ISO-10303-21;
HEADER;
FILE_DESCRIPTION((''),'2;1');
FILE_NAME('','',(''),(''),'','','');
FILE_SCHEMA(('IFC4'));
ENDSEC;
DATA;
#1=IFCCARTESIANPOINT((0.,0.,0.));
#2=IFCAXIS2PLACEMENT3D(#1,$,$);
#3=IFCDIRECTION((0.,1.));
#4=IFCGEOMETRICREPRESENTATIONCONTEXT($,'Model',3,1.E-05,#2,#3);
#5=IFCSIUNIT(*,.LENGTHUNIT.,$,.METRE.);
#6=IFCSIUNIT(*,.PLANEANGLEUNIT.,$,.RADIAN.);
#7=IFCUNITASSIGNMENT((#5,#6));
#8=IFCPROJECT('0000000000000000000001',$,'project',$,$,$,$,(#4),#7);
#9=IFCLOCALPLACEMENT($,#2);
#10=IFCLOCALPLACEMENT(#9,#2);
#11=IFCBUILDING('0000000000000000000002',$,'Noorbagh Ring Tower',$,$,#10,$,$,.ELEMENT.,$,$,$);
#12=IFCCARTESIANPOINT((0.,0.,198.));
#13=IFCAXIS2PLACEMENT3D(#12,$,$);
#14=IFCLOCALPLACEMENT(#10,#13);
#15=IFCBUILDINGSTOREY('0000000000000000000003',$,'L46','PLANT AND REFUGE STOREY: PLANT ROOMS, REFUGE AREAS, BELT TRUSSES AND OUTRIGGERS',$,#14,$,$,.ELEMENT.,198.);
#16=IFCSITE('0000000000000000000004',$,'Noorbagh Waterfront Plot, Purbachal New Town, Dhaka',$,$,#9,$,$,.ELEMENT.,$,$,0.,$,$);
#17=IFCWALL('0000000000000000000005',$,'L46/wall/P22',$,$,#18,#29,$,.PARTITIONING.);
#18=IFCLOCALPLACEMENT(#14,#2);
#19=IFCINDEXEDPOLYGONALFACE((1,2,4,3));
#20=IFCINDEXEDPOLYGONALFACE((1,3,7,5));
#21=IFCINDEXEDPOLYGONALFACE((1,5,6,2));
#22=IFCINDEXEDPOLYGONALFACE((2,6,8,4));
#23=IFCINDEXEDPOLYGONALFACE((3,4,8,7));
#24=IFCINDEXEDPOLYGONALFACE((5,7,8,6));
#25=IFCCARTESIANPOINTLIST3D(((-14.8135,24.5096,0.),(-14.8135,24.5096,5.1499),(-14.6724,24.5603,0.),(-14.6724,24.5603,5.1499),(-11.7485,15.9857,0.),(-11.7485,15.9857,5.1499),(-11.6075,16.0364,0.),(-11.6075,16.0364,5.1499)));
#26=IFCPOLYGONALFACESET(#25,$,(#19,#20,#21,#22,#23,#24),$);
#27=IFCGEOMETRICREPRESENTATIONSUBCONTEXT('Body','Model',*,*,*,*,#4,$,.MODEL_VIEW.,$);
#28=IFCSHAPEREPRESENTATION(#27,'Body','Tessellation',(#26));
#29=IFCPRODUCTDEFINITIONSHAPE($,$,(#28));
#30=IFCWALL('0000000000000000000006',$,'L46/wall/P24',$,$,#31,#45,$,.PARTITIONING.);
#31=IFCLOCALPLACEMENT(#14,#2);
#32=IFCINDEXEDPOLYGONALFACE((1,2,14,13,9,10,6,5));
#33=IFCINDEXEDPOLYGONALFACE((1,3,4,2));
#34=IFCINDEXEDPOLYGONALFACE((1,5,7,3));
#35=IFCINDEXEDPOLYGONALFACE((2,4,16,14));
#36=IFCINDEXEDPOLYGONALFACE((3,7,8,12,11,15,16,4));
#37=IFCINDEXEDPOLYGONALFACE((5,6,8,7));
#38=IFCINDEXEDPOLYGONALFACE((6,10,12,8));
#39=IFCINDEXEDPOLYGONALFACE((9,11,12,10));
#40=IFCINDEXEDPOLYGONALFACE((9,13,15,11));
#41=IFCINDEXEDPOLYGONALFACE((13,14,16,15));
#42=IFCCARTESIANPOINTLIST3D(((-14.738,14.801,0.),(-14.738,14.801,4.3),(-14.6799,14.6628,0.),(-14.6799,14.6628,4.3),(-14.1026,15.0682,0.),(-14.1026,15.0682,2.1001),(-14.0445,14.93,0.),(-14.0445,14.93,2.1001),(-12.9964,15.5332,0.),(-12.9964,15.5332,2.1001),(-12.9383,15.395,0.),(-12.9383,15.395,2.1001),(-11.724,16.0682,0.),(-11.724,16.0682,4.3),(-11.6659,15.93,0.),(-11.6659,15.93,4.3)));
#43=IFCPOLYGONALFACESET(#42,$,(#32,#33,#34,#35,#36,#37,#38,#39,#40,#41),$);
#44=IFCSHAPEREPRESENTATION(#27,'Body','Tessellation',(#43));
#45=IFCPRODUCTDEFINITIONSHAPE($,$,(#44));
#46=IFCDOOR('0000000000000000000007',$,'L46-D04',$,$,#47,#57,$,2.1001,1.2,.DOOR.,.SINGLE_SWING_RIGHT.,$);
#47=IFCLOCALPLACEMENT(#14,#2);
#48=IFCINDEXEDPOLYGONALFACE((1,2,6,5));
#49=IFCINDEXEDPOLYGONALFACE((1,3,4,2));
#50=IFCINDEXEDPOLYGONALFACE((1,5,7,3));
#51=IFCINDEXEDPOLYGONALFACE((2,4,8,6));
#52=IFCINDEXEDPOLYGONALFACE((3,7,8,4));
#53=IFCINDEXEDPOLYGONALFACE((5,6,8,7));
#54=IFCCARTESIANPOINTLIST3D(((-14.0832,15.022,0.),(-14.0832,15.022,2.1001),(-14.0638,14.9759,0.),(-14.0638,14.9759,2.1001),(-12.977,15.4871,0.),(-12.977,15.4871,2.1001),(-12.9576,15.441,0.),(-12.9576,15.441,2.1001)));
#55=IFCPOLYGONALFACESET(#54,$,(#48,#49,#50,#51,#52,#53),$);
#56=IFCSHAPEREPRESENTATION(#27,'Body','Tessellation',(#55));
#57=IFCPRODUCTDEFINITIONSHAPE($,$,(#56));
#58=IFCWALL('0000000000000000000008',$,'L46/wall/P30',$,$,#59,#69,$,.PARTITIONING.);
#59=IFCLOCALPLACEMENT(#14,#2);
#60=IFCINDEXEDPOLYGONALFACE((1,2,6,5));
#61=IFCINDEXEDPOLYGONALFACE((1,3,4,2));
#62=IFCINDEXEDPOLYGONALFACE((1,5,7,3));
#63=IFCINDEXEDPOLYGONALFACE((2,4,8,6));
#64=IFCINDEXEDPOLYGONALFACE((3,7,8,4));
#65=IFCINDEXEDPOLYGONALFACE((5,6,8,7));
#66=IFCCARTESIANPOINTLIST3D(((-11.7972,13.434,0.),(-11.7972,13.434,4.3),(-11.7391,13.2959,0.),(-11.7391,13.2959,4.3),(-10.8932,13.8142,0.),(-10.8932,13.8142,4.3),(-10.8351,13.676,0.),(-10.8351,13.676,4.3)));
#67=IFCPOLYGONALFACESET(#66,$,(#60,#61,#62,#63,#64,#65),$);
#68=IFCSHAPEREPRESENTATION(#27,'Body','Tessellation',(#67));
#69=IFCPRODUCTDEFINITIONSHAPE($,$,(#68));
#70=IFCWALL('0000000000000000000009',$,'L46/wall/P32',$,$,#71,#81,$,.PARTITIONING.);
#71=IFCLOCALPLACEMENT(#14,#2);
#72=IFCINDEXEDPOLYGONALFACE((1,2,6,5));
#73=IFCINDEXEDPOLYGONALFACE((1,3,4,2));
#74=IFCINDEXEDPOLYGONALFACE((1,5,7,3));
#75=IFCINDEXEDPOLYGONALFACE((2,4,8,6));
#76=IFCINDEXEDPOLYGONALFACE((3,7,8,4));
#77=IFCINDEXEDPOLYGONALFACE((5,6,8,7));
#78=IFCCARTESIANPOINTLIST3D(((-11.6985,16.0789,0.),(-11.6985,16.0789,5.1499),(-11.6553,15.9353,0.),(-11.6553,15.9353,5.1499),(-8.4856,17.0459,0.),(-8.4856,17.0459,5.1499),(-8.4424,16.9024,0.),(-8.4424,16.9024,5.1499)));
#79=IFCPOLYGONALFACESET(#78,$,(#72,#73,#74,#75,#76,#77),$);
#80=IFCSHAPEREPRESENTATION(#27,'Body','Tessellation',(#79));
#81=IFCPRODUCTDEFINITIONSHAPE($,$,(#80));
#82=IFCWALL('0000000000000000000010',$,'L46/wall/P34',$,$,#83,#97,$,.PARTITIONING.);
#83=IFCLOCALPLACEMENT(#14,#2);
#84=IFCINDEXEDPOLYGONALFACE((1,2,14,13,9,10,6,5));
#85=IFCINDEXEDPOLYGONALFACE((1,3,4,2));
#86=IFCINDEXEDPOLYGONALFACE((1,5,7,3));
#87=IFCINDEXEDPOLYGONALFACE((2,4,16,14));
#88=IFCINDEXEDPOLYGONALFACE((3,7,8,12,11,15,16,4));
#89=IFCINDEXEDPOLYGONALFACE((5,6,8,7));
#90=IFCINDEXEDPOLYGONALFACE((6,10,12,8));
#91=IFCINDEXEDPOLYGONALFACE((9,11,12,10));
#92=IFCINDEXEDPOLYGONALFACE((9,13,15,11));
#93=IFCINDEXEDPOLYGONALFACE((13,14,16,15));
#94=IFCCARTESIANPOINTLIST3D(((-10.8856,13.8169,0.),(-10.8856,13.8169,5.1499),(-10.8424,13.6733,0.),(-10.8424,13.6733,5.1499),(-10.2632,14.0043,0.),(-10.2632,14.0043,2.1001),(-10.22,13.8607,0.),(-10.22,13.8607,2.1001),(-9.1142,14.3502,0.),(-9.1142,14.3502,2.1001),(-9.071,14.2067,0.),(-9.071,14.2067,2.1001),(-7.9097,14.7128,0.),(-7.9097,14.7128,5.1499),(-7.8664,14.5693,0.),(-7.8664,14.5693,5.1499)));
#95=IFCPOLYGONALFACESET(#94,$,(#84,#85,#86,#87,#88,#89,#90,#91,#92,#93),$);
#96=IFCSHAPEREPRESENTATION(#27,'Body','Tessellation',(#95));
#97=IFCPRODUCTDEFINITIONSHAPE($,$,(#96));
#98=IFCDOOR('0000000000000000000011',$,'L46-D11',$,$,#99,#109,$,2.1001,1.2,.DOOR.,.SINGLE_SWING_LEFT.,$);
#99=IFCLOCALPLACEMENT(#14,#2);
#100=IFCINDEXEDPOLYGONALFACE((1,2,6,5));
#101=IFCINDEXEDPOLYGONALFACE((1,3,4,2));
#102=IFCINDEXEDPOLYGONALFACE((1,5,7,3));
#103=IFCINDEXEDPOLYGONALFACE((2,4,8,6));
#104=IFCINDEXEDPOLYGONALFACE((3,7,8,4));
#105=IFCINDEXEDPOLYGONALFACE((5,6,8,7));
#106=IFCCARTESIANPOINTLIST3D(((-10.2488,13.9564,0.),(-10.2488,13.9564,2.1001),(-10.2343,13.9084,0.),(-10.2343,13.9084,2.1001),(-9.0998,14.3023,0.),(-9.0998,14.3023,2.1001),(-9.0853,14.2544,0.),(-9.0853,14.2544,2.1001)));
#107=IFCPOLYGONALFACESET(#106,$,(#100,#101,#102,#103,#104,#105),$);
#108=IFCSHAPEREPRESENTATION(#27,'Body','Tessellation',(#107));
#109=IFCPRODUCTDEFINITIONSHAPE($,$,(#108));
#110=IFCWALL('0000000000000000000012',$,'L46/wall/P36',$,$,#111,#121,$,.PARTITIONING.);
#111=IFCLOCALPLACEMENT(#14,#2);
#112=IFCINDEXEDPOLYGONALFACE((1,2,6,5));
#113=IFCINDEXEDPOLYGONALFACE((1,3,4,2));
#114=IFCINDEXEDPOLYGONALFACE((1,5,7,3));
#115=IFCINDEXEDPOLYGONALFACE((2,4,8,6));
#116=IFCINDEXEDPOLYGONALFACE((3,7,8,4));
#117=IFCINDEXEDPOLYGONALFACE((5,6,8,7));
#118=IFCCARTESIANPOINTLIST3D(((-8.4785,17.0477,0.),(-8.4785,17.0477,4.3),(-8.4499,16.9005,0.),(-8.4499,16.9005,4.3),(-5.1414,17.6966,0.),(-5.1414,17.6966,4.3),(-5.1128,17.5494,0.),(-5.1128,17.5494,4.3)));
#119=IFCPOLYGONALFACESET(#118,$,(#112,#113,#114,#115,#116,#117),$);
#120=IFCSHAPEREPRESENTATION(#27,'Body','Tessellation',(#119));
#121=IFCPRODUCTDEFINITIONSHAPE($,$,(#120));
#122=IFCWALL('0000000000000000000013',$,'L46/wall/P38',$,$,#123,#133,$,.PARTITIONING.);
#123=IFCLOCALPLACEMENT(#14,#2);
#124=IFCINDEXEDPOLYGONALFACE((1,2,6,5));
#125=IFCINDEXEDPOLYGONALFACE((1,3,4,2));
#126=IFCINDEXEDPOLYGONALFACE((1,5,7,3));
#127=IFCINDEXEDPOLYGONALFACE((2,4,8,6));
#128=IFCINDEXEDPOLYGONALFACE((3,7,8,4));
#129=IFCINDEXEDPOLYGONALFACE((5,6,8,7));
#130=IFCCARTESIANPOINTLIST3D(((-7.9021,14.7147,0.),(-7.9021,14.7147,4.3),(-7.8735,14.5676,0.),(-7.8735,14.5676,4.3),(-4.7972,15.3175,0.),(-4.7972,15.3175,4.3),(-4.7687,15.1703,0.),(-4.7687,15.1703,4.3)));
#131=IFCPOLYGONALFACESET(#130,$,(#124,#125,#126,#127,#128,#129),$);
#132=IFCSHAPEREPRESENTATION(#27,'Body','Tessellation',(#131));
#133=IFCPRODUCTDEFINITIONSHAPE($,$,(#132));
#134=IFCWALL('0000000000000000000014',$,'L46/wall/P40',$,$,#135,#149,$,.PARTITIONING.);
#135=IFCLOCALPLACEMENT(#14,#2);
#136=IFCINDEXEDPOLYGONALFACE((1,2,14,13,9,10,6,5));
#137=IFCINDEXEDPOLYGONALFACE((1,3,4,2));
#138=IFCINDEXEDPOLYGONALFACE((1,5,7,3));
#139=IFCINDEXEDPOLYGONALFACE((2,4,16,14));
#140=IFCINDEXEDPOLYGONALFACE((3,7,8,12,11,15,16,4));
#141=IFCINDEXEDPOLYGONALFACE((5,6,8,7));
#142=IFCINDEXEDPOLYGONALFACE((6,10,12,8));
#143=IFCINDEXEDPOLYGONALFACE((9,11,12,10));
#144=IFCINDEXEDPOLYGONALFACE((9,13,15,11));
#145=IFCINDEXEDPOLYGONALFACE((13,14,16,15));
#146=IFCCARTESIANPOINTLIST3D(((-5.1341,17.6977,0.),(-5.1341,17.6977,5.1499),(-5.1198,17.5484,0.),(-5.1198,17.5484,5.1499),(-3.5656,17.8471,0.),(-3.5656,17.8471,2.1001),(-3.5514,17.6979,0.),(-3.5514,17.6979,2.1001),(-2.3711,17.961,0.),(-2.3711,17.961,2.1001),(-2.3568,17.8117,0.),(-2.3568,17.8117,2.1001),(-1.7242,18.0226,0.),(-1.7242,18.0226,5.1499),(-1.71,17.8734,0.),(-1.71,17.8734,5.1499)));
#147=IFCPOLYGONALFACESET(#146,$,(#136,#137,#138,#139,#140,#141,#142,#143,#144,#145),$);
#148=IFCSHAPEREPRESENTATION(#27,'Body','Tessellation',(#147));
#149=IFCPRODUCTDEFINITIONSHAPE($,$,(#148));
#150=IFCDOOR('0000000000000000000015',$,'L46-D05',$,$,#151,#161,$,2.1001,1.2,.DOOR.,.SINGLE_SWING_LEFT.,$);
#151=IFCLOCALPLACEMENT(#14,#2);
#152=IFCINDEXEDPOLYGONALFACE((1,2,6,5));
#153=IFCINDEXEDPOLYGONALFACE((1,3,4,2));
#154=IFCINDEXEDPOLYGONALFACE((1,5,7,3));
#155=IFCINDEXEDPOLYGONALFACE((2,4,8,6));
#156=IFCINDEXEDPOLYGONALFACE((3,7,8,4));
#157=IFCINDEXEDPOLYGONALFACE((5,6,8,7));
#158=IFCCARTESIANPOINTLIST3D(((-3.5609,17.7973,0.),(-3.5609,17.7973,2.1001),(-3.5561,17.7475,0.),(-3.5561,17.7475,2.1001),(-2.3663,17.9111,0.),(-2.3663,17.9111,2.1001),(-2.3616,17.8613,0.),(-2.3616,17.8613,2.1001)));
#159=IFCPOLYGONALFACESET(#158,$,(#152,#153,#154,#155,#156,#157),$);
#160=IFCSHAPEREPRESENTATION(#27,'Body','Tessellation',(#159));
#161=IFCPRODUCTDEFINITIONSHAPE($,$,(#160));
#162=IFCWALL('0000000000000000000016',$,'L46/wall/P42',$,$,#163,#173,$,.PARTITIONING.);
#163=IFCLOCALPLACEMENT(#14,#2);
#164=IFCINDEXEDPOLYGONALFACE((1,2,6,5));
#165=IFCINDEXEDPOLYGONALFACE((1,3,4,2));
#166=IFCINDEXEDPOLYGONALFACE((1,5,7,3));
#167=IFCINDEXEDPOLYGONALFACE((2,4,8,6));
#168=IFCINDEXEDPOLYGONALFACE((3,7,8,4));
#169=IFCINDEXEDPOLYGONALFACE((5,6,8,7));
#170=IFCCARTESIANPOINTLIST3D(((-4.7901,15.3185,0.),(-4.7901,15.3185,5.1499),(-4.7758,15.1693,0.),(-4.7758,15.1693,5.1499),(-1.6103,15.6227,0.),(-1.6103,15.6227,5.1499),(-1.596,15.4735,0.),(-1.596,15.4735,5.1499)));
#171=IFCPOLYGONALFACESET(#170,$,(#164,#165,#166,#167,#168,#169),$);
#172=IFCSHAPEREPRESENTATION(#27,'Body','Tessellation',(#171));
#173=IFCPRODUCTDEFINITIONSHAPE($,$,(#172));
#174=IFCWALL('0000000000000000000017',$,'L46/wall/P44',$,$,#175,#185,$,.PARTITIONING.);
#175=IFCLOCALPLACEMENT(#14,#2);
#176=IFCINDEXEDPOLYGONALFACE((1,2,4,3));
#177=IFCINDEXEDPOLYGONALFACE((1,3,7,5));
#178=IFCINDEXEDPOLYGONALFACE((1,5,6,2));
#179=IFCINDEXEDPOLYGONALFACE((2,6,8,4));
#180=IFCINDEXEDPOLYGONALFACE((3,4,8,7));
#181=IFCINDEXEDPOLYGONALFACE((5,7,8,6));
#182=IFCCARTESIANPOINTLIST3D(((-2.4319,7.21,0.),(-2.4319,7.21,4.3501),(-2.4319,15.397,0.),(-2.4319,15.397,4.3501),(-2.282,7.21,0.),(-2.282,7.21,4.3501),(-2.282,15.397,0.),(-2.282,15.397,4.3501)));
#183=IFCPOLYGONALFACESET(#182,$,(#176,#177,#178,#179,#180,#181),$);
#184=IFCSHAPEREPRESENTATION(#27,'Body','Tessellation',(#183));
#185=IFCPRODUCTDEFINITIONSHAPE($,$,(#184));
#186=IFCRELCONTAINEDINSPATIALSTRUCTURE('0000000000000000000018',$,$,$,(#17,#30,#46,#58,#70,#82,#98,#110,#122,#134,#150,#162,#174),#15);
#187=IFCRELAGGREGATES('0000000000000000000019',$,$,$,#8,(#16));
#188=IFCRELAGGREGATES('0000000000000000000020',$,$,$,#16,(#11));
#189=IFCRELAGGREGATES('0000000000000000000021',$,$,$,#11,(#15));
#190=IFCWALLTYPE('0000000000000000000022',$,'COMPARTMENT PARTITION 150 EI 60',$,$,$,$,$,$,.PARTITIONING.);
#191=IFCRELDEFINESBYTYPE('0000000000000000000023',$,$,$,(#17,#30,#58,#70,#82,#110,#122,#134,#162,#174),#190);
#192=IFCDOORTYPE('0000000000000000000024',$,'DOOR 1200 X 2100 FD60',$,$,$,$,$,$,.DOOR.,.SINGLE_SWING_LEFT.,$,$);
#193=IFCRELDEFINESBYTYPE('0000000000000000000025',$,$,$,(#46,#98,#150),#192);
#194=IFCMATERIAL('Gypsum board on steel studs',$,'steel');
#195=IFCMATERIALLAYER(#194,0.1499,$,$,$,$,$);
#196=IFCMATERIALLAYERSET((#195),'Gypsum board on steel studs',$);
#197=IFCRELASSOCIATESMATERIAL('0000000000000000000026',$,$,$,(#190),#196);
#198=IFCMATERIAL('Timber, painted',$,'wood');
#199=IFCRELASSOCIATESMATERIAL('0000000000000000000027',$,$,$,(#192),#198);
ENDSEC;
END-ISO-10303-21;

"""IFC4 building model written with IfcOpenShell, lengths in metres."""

from ifc_helpers import new_model, si_unit, direction, frame, frame_2d, origin, place, context, subcontext, project, spatial, rectangle, extrude, material, layer, layer_set, type_object, element, fill, save


model = new_model("IFC4")

# Units and contexts
model_context = context("Model", 3, precision=1e-05, world=origin(), true_north=direction((0.0, 1.0)))
body_context = subcontext(model_context, "Body", "Model", "MODEL_VIEW")
ifc_project = project(units=[si_unit("LENGTHUNIT", "METRE"), si_unit("PLANEANGLEUNIT", "RADIAN")], contexts=[model_context])

# Site, building, storey
site_placement = place(None, origin())
site = spatial("IfcSite", under=ifc_project, at=site_placement, Name="Noorbagh Waterfront Plot, Purbachal New Town, Dhaka", CompositionType="ELEMENT", RefElevation=0.0)
building_placement = place(site_placement, origin())
building = spatial("IfcBuilding", under=site, at=building_placement, Name="Noorbagh Ring Tower", CompositionType="ELEMENT")
storey_placement = place(building_placement, frame((0.0, 0.0, 198.0)))
storey = spatial("IfcBuildingStorey", under=building, at=storey_placement, Name="L46", Description="PLANT AND REFUGE STOREY: PLANT ROOMS, REFUGE AREAS, BELT TRUSSES AND OUTRIGGERS", CompositionType="ELEMENT", Elevation=198.0)

# Wall
ifc_material_1 = material(Name="Gypsum board on steel studs", Category="steel")
ifc_layer_1 = layer(ifc_material_1, 0.1499)
ifc_layer_set_1 = layer_set([ifc_layer_1], Name="Gypsum board on steel studs")
wall_type_1 = type_object("IfcWallType", Name="COMPARTMENT PARTITION 150 EI 60", PredefinedType="PARTITIONING", material=ifc_layer_set_1)
wall_1_placement = place(storey_placement, frame((-14.7429, 24.5349, 0.0), z_axis=(0.0, 0.0, 1.0), x_axis=(0.338361, -0.941017, 0.0)))
element("IfcWall", 1, at=wall_1_placement, inside=storey, type_object=wall_type_1, Name="L46/wall/P22", PredefinedType="PARTITIONING", context=body_context, shape_type="SweptSolid", body=[
    extrude(rectangle(XDim=9.0581, YDim=0.1499, at=frame_2d((4.5291, 0.0))), origin(), (0.0, 0.0, 1.0), 5.1499),
])

# Wall, opening, door
wall_2_placement = place(storey_placement, frame((-14.709, 14.7319, 0.0), z_axis=(0.0, 0.0, 1.0), x_axis=(0.921846, 0.387556, 0.0)))
wall_2 = element("IfcWall", 2, at=wall_2_placement, inside=storey, type_object=wall_type_1, Name="L46/wall/P24", PredefinedType="PARTITIONING", context=body_context, shape_type="SweptSolid", body=[
    extrude(rectangle(XDim=3.2695, YDim=0.1499, at=frame_2d((1.6348, 0.0))), origin(), (0.0, 0.0, 1.0), 4.3),
])
opening_1_placement = place(wall_2_placement, frame((0.6892, 0.0, 0.0)))
opening_1 = element("IfcOpeningElement", 3, at=opening_1_placement, cuts=wall_2, PredefinedType="OPENING", context=body_context, shape_type="SweptSolid", body=[
    extrude(rectangle(XDim=1.2, YDim=2.1001, at=frame_2d((0.6001, 1.05))), frame((0.0, 0.085, 0.0), z_axis=(0.0, -1.0, 0.0), x_axis=(1.0, 0.0, 0.0)), (0.0, 0.0, 1.0), 0.1699),
])
ifc_material_2 = material(Name="Timber, painted", Category="wood")
door_type_1 = type_object("IfcDoorType", Name="DOOR 1200 X 2100 FD60", OperationType="SINGLE_SWING_LEFT", PredefinedType="DOOR", material=ifc_material_2)
door_1_placement = place(opening_1_placement, origin())
door_1 = element("IfcDoor", 4, at=door_1_placement, inside=storey, type_object=door_type_1, Name="L46-D04", OperationType="SINGLE_SWING_RIGHT", OverallHeight=2.1001, OverallWidth=1.2, PredefinedType="DOOR", context=body_context, shape_type="SweptSolid", body=[
    extrude(rectangle(XDim=1.2, YDim=2.1001, at=frame_2d((0.6001, 1.05))), frame((0.0, 0.0249, 0.0), z_axis=(0.0, -1.0, 0.0), x_axis=(1.0, 0.0, 0.0)), (0.0, 0.0, 1.0), 0.05),
])
fill(opening_1, door_1)

# Walls
wall_3_placement = place(storey_placement, frame((-11.7681, 13.365, 0.0), z_axis=(0.0, 0.0, 1.0), x_axis=(0.921827, 0.387601, 0.0)))
element("IfcWall", 5, at=wall_3_placement, inside=storey, type_object=wall_type_1, Name="L46/wall/P30", PredefinedType="PARTITIONING", context=body_context, shape_type="SweptSolid", body=[
    extrude(rectangle(XDim=0.9807, YDim=0.1499, at=frame_2d((0.4902, 0.0))), origin(), (0.0, 0.0, 1.0), 4.3),
])
wall_4_placement = place(storey_placement, frame((-11.677, 16.0071, 0.0), z_axis=(0.0, 0.0, 1.0), x_axis=(0.957566, 0.288216, 0.0)))
element("IfcWall", 6, at=wall_4_placement, inside=storey, type_object=wall_type_1, Name="L46/wall/P32", PredefinedType="PARTITIONING", context=body_context, shape_type="SweptSolid", body=[
    extrude(rectangle(XDim=3.3552, YDim=0.1499, at=frame_2d((1.6777, 0.0))), origin(), (0.0, 0.0, 1.0), 5.1499),
])

# Wall, opening, door
wall_5_placement = place(storey_placement, frame((-10.864, 13.7451, 0.0), z_axis=(0.0, 0.0, 1.0), x_axis=(0.957545, 0.288285, 0.0)))
wall_5 = element("IfcWall", 7, at=wall_5_placement, inside=storey, type_object=wall_type_1, Name="L46/wall/P34", PredefinedType="PARTITIONING", context=body_context, shape_type="SweptSolid", body=[
    extrude(rectangle(XDim=3.1079, YDim=0.1499, at=frame_2d((1.554, 0.0))), origin(), (0.0, 0.0, 1.0), 5.1499),
])
opening_2_placement = place(wall_5_placement, frame((0.6499, 0.0, 0.0)))
opening_2 = element("IfcOpeningElement", 8, at=opening_2_placement, cuts=wall_5, PredefinedType="OPENING", context=body_context, shape_type="SweptSolid", body=[
    extrude(rectangle(XDim=1.2, YDim=2.1001, at=frame_2d((0.6001, 1.05))), frame((0.0, 0.085, 0.0), z_axis=(0.0, -1.0, 0.0), x_axis=(1.0, 0.0, 0.0)), (0.0, 0.0, 1.0), 0.1699),
])
door_2_placement = place(opening_2_placement, origin())
door_2 = element("IfcDoor", 9, at=door_2_placement, inside=storey, type_object=door_type_1, Name="L46-D11", OperationType="SINGLE_SWING_LEFT", OverallHeight=2.1001, OverallWidth=1.2, PredefinedType="DOOR", context=body_context, shape_type="SweptSolid", body=[
    extrude(rectangle(XDim=1.2, YDim=2.1001, at=frame_2d((0.6001, 1.05))), frame((0.0, 0.0249, 0.0), z_axis=(0.0, -1.0, 0.0), x_axis=(1.0, 0.0, 0.0)), (0.0, 0.0, 1.0), 0.05),
])
fill(opening_2, door_2)

# Walls
wall_6_placement = place(storey_placement, frame((-8.4641, 16.9741, 0.0), z_axis=(0.0, 0.0, 1.0), x_axis=(0.981614, 0.190879, 0.0)))
element("IfcWall", 10, at=wall_6_placement, inside=storey, type_object=wall_type_1, Name="L46/wall/P36", PredefinedType="PARTITIONING", context=body_context, shape_type="SweptSolid", body=[
    extrude(rectangle(XDim=3.3997, YDim=0.1499, at=frame_2d((1.6997, 0.0))), origin(), (0.0, 0.0, 1.0), 4.3),
])
wall_7_placement = place(storey_placement, frame((-7.8879, 14.6411, 0.0), z_axis=(0.0, 0.0, 1.0), x_axis=(0.981672, 0.190576, 0.0)))
element("IfcWall", 11, at=wall_7_placement, inside=storey, type_object=wall_type_1, Name="L46/wall/P38", PredefinedType="PARTITIONING", context=body_context, shape_type="SweptSolid", body=[
    extrude(rectangle(XDim=3.1628, YDim=0.1499, at=frame_2d((1.5815, 0.0))), origin(), (0.0, 0.0, 1.0), 4.3),
])

# Wall, opening, door
wall_8_placement = place(storey_placement, frame((-5.127, 17.623, 0.0), z_axis=(0.0, 0.0, 1.0), x_axis=(0.99549, 0.094866, 0.0)))
wall_8 = element("IfcWall", 12, at=wall_8_placement, inside=storey, type_object=wall_type_1, Name="L46/wall/P40", PredefinedType="PARTITIONING", context=body_context, shape_type="SweptSolid", body=[
    extrude(rectangle(XDim=3.4253, YDim=0.1499, at=frame_2d((1.7126, 0.0))), origin(), (0.0, 0.0, 1.0), 5.1499),
])
opening_3_placement = place(wall_8_placement, frame((1.5754, 0.0, 0.0)))
opening_3 = element("IfcOpeningElement", 13, at=opening_3_placement, cuts=wall_8, PredefinedType="OPENING", context=body_context, shape_type="SweptSolid", body=[
    extrude(rectangle(XDim=1.2, YDim=2.1001, at=frame_2d((0.6001, 1.05))), frame((0.0, 0.085, 0.0), z_axis=(0.0, -1.0, 0.0), x_axis=(1.0, 0.0, 0.0)), (0.0, 0.0, 1.0), 0.1699),
])
door_3_placement = place(opening_3_placement, origin())
door_3 = element("IfcDoor", 14, at=door_3_placement, inside=storey, type_object=door_type_1, Name="L46-D05", OperationType="SINGLE_SWING_LEFT", OverallHeight=2.1001, OverallWidth=1.2, PredefinedType="DOOR", context=body_context, shape_type="SweptSolid", body=[
    extrude(rectangle(XDim=1.2, YDim=2.1001, at=frame_2d((0.6001, 1.05))), frame((0.0, 0.0249, 0.0), z_axis=(0.0, -1.0, 0.0), x_axis=(1.0, 0.0, 0.0)), (0.0, 0.0, 1.0), 0.05),
])
fill(opening_3, door_3)

# Walls
wall_9_placement = place(storey_placement, frame((-4.783, 15.2439, 0.0), z_axis=(0.0, 0.0, 1.0), x_axis=(0.995456, 0.095227, 0.0)))
element("IfcWall", 15, at=wall_9_placement, inside=storey, type_object=wall_type_1, Name="L46/wall/P42", PredefinedType="PARTITIONING", context=body_context, shape_type="SweptSolid", body=[
    extrude(rectangle(XDim=3.1943, YDim=0.1499, at=frame_2d((1.5972, 0.0))), origin(), (0.0, 0.0, 1.0), 5.1499),
])
wall_10_placement = place(storey_placement, frame((-2.3569, 7.21, 0.0), z_axis=(0.0, 0.0, 1.0), x_axis=(0.0, 1.0, 0.0)))
element("IfcWall", 16, at=wall_10_placement, inside=storey, type_object=wall_type_1, Name="L46/wall/P44", PredefinedType="PARTITIONING", context=body_context, shape_type="SweptSolid", body=[
    extrude(rectangle(XDim=8.187, YDim=0.1499, at=frame_2d((4.0935, 0.0))), origin(), (0.0, 0.0, 1.0), 4.3501),
])

save(model, "model.ifc")
